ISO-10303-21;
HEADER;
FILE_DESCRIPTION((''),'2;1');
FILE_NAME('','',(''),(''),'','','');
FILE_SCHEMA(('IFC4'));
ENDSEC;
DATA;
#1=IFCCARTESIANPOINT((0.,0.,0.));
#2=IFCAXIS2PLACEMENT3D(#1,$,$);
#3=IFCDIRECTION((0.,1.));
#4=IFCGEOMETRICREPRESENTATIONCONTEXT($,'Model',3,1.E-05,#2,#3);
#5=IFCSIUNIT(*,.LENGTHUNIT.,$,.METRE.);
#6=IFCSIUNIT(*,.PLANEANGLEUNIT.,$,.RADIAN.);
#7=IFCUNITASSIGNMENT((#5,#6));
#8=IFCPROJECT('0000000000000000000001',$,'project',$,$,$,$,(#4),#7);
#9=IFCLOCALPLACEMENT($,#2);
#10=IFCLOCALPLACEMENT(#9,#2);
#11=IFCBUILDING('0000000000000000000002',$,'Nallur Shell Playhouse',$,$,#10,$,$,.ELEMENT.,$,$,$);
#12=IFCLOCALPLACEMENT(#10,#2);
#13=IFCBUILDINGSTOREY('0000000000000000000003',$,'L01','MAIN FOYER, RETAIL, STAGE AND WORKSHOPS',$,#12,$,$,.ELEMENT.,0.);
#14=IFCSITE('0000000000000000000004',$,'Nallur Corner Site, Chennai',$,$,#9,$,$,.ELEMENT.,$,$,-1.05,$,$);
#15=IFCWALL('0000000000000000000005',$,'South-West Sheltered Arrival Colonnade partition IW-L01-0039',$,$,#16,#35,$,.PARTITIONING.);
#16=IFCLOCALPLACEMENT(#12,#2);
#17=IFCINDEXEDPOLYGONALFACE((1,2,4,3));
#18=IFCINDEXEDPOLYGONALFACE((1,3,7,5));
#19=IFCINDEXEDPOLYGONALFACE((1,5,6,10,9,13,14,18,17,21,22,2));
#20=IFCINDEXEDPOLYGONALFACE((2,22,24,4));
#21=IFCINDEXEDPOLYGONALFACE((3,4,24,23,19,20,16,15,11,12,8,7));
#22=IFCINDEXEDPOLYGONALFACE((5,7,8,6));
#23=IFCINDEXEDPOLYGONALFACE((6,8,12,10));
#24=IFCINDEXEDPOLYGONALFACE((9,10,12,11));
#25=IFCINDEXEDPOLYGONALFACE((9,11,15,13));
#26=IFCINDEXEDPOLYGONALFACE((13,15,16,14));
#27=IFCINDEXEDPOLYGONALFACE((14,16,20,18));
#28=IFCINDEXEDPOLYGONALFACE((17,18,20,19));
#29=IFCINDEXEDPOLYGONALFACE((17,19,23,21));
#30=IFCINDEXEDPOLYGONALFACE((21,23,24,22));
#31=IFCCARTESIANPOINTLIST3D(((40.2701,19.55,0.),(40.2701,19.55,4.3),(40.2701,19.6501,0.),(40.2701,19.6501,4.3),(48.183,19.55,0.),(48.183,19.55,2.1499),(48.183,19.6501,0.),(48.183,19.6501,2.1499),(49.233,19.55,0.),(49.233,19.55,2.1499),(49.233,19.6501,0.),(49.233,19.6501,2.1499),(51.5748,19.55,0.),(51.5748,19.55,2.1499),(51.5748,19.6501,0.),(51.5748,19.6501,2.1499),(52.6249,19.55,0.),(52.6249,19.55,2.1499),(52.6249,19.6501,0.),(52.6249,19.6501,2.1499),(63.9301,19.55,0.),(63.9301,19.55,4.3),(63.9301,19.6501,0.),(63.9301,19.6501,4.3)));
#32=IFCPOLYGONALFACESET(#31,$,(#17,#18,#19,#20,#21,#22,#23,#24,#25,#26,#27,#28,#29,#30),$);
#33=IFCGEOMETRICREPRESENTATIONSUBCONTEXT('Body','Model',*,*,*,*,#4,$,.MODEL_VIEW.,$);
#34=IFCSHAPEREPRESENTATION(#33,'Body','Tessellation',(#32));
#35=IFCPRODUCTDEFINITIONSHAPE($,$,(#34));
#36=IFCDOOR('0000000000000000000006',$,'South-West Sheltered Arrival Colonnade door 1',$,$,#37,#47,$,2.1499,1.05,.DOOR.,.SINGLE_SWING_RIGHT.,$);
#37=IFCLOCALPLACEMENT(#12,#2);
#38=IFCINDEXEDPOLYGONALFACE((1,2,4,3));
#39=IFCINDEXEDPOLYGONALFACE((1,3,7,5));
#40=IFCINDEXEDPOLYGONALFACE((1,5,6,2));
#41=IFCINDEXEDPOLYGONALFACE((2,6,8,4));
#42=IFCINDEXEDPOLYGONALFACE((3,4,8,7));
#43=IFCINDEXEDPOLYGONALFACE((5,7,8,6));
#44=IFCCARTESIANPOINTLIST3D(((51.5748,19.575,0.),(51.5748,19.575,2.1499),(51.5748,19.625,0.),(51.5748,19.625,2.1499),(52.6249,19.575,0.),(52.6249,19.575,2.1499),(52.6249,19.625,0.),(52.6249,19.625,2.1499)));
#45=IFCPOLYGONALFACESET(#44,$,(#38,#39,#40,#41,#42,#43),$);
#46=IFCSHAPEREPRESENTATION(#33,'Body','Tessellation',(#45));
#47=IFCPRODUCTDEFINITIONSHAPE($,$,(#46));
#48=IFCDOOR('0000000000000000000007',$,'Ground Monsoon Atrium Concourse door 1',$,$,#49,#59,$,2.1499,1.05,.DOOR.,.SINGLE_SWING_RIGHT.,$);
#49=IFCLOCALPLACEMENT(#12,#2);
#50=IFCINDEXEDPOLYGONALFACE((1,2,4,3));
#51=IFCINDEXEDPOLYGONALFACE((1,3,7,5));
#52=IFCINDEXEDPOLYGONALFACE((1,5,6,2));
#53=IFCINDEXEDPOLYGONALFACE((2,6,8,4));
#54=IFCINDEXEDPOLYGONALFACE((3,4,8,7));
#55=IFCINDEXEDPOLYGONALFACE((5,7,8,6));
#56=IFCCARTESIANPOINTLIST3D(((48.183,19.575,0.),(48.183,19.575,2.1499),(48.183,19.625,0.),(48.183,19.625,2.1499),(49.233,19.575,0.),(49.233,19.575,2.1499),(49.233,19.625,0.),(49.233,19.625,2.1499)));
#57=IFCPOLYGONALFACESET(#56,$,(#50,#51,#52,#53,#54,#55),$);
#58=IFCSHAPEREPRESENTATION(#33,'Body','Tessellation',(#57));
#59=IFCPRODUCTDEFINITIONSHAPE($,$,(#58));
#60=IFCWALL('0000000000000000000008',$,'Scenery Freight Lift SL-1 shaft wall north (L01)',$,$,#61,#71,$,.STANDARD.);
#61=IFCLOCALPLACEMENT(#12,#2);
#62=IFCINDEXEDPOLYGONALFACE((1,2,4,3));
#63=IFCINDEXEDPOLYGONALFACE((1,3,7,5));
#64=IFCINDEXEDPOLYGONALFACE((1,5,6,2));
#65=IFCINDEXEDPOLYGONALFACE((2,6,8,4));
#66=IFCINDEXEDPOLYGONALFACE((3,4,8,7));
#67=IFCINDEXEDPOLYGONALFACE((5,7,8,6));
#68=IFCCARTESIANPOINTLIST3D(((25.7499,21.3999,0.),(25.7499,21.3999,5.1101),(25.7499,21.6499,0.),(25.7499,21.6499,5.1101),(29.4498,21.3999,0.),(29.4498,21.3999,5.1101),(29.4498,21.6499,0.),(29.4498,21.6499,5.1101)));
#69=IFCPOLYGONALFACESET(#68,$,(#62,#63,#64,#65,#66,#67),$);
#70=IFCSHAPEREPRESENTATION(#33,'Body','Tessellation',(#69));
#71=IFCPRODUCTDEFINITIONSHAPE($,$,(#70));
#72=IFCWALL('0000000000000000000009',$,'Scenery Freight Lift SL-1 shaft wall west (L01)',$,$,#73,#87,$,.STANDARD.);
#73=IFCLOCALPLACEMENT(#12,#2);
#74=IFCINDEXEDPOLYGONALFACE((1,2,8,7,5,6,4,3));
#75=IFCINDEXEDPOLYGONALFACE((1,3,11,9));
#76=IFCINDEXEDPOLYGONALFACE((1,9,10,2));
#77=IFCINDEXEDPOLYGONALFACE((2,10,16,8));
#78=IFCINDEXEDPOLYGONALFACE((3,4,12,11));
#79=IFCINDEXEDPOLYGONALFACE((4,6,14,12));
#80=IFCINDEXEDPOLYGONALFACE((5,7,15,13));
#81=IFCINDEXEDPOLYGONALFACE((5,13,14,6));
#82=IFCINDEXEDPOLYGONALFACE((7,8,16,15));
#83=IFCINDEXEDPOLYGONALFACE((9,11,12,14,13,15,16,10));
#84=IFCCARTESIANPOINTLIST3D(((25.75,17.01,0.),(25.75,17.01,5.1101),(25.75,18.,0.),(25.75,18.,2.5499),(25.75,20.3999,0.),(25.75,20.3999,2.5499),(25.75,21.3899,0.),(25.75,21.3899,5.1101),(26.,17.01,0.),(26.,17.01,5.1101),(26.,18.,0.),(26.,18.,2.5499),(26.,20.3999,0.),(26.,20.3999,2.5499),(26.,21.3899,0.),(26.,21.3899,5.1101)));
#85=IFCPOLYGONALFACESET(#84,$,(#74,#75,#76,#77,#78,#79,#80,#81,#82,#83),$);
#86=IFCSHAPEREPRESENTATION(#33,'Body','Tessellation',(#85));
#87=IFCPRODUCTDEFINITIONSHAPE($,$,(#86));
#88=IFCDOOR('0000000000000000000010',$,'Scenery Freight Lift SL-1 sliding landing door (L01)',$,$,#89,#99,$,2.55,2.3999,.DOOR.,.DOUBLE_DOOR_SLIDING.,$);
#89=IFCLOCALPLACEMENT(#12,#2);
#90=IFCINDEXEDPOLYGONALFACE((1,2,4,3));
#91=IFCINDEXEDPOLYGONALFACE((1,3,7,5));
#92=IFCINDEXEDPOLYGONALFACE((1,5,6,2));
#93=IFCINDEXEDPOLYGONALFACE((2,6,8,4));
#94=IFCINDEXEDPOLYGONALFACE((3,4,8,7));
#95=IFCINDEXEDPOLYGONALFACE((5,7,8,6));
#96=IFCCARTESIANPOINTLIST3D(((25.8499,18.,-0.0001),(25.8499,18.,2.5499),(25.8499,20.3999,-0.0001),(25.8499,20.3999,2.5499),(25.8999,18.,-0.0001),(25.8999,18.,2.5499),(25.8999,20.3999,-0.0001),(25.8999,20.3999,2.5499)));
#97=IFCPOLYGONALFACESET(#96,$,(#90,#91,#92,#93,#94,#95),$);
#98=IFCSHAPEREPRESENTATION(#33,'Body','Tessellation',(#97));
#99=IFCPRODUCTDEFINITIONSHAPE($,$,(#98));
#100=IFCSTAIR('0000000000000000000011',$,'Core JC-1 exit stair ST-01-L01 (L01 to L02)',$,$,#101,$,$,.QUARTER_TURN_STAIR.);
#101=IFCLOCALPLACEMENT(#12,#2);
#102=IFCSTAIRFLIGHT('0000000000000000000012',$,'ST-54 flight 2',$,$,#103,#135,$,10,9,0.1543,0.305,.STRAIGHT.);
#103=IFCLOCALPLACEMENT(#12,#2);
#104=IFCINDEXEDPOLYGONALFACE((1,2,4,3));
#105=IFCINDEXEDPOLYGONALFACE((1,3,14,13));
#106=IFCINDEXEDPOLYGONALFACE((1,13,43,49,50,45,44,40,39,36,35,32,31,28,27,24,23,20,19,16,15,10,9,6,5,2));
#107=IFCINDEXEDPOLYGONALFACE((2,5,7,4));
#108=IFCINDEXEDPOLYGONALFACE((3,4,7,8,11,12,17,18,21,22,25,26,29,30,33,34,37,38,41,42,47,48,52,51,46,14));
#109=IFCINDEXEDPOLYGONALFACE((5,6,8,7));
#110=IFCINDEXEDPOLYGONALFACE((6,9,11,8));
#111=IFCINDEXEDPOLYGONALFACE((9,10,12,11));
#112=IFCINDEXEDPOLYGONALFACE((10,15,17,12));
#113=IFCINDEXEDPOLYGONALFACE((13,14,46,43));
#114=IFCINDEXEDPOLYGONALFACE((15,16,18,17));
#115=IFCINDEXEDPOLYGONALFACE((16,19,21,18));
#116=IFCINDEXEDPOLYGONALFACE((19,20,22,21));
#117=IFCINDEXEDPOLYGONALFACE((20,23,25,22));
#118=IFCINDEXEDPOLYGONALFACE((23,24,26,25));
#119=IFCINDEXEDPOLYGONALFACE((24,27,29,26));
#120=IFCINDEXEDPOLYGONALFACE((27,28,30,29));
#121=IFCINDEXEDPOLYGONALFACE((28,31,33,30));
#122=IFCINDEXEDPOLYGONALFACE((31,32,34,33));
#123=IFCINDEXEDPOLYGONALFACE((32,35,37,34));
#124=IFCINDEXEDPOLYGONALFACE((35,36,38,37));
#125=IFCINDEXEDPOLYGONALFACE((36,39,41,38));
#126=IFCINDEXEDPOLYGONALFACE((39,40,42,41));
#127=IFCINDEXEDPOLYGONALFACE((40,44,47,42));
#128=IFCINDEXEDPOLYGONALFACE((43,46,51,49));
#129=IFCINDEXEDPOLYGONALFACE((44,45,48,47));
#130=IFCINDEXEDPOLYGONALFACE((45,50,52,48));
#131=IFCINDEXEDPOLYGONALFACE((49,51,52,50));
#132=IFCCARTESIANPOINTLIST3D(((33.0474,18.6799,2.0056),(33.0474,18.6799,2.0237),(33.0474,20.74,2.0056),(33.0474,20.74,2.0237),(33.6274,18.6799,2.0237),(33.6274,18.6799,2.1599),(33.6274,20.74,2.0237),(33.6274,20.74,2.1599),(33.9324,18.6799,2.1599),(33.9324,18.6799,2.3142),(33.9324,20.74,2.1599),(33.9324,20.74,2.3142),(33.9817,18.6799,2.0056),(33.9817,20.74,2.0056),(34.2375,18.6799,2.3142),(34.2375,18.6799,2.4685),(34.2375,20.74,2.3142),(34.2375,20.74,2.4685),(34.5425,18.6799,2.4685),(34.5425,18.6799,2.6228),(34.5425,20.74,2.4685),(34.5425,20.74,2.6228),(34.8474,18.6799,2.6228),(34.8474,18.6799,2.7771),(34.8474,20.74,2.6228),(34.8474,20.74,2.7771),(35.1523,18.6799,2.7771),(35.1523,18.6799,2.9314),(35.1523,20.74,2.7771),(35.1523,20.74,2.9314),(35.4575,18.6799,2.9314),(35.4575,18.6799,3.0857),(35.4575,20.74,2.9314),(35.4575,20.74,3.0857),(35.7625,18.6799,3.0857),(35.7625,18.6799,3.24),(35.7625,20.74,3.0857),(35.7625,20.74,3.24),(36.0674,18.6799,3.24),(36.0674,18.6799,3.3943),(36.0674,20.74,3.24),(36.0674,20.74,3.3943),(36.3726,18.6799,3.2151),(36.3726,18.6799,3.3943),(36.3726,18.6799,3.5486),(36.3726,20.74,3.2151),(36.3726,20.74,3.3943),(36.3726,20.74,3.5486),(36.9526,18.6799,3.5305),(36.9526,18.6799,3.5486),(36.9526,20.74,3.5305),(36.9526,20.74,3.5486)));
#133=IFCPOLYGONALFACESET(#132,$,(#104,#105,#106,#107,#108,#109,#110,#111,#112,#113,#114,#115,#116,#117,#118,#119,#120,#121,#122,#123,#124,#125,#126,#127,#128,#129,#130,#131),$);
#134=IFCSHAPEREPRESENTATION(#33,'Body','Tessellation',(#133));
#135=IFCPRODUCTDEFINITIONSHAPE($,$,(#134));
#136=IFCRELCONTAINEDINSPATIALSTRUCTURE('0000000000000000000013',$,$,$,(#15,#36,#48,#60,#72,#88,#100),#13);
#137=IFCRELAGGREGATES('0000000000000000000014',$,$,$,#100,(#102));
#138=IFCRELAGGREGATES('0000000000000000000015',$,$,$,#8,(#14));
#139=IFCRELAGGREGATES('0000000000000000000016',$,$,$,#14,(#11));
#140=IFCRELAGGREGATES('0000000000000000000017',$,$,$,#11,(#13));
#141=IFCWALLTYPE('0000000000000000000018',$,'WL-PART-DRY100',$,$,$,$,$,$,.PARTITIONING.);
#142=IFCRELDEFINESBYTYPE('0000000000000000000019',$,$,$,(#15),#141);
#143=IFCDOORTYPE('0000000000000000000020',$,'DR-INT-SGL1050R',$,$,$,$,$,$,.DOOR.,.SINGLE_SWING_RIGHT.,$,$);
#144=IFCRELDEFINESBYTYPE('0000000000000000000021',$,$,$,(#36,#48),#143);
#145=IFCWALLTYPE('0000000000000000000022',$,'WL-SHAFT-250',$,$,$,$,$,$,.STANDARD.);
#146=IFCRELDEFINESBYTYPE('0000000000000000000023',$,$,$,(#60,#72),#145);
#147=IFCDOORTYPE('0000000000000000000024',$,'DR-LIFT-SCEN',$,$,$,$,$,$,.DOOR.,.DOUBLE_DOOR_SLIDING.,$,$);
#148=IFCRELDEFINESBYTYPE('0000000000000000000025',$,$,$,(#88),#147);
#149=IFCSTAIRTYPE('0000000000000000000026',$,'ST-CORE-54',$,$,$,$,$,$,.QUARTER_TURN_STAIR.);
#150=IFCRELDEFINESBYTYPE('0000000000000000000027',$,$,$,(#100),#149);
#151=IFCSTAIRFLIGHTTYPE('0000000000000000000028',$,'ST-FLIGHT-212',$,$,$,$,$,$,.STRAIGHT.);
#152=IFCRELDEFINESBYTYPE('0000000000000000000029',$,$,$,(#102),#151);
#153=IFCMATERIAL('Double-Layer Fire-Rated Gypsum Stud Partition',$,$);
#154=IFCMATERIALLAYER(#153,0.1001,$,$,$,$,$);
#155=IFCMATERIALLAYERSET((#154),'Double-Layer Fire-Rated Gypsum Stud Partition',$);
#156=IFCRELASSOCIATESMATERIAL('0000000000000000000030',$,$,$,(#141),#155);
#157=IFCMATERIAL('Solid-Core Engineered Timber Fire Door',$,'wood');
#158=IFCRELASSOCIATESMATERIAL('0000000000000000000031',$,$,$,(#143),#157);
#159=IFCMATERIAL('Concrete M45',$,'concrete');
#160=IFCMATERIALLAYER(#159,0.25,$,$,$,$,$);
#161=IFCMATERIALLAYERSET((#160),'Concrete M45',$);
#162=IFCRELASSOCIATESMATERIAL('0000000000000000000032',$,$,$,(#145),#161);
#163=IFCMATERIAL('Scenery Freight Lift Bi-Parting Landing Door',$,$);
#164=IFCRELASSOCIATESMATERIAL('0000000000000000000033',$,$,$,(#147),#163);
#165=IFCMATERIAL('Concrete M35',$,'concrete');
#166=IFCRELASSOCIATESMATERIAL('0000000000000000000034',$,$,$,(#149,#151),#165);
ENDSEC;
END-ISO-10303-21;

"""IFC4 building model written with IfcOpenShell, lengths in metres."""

from ifc_helpers import new_model, si_unit, direction, frame, frame_2d, origin, place, context, subcontext, project, spatial, polyline, rectangle, outline, extrude, material, layer, layer_set, type_object, element, fill, aggregate, save


model = new_model("IFC4")

# Units and contexts
model_context = context("Model", 3, precision=1e-05, world=origin(), true_north=direction((0.0, 1.0)))
body_context = subcontext(model_context, "Body", "Model", "MODEL_VIEW")
ifc_project = project(units=[si_unit("LENGTHUNIT", "METRE"), si_unit("PLANEANGLEUNIT", "RADIAN")], contexts=[model_context])

# Site, building, storey
site_placement = place(None, origin())
site = spatial("IfcSite", under=ifc_project, at=site_placement, Name="Nallur Corner Site, Chennai", CompositionType="ELEMENT", RefElevation=-1.05)
building_placement = place(site_placement, origin())
building = spatial("IfcBuilding", under=site, at=building_placement, Name="Nallur Shell Playhouse", CompositionType="ELEMENT")
storey_placement = place(building_placement, origin())
storey = spatial("IfcBuildingStorey", under=building, at=storey_placement, Name="L01", Description="MAIN FOYER, RETAIL, STAGE AND WORKSHOPS", CompositionType="ELEMENT", Elevation=0.0)

# Shared definitions
ifc_material_1 = material(Name="Concrete M35", Category="concrete")

# Shared definitions
ifc_material_2 = material(Name="Concrete M45", Category="concrete")

# Wall, openings, doors
ifc_material_3 = material(Name="Double-Layer Fire-Rated Gypsum Stud Partition")
ifc_layer_1 = layer(ifc_material_3, 0.1001)
ifc_layer_set_1 = layer_set([ifc_layer_1], Name="Double-Layer Fire-Rated Gypsum Stud Partition")
wall_type_1 = type_object("IfcWallType", Name="WL-PART-DRY100", PredefinedType="PARTITIONING", material=ifc_layer_set_1)
wall_1_placement = place(storey_placement, frame((40.27, 19.6001, 0.0), z_axis=(0.0, 0.0, 1.0), x_axis=(1.0, 0.0, 0.0)))
wall_1 = element("IfcWall", 1, at=wall_1_placement, inside=storey, type_object=wall_type_1, Name="South-West Sheltered Arrival Colonnade partition IW-L01-0039", PredefinedType="PARTITIONING", context=body_context, shape_type="SweptSolid", body=[
    extrude(rectangle(XDim=23.6599, YDim=0.1001, at=frame_2d((11.8301, 0.0))), origin(), (0.0, 0.0, 1.0), 4.3),
])
opening_1_placement = place(wall_1_placement, frame((11.3049, 0.0, 0.0)))
opening_1 = element("IfcOpeningElement", 2, at=opening_1_placement, cuts=wall_1, PredefinedType="OPENING", context=body_context, shape_type="SweptSolid", body=[
    extrude(rectangle(XDim=1.05, YDim=2.1499, at=frame_2d((0.5249, 1.075))), frame((0.0, 0.0601, 0.0), z_axis=(0.0, -1.0, 0.0), x_axis=(1.0, 0.0, 0.0)), (0.0, 0.0, 1.0), 0.1201),
])
opening_2_placement = place(wall_1_placement, frame((7.9131, 0.0, 0.0)))
opening_2 = element("IfcOpeningElement", 3, at=opening_2_placement, cuts=wall_1, PredefinedType="OPENING", context=body_context, shape_type="SweptSolid", body=[
    extrude(rectangle(XDim=1.05, YDim=2.1499, at=frame_2d((0.5249, 1.075))), frame((0.0, 0.0601, 0.0), z_axis=(0.0, -1.0, 0.0), x_axis=(1.0, 0.0, 0.0)), (0.0, 0.0, 1.0), 0.1201),
])
ifc_material_4 = material(Name="Solid-Core Engineered Timber Fire Door", Category="wood")
door_type_1 = type_object("IfcDoorType", Name="DR-INT-SGL1050R", OperationType="SINGLE_SWING_RIGHT", PredefinedType="DOOR", material=ifc_material_4)
door_1_placement = place(opening_1_placement, origin())
door_1 = element("IfcDoor", 4, at=door_1_placement, inside=storey, type_object=door_type_1, Name="South-West Sheltered Arrival Colonnade door 1", OperationType="SINGLE_SWING_RIGHT", OverallHeight=2.1499, OverallWidth=1.05, PredefinedType="DOOR", context=body_context, shape_type="SweptSolid", body=[
    extrude(rectangle(XDim=1.05, YDim=2.1499, at=frame_2d((0.5249, 1.075))), frame((0.0, 0.0249, 0.0), z_axis=(0.0, -1.0, 0.0), x_axis=(1.0, 0.0, 0.0)), (0.0, 0.0, 1.0), 0.05),
])
fill(opening_1, door_1)
door_2_placement = place(opening_2_placement, origin())
door_2 = element("IfcDoor", 5, at=door_2_placement, inside=storey, type_object=door_type_1, Name="Ground Monsoon Atrium Concourse door 1", OperationType="SINGLE_SWING_RIGHT", OverallHeight=2.1499, OverallWidth=1.05, PredefinedType="DOOR", context=body_context, shape_type="SweptSolid", body=[
    extrude(rectangle(XDim=1.05, YDim=2.1499, at=frame_2d((0.5249, 1.075))), frame((0.0, 0.0249, 0.0), z_axis=(0.0, -1.0, 0.0), x_axis=(1.0, 0.0, 0.0)), (0.0, 0.0, 1.0), 0.05),
])
fill(opening_2, door_2)

# Wall
ifc_layer_2 = layer(ifc_material_2, 0.25)
ifc_layer_set_2 = layer_set([ifc_layer_2], Name="Concrete M45")
wall_type_2 = type_object("IfcWallType", Name="WL-SHAFT-250", PredefinedType="STANDARD", material=ifc_layer_set_2)
wall_2_placement = place(storey_placement, frame((29.45, 21.5249, 0.0), z_axis=(0.0, 0.0, 1.0), x_axis=(-1.0, 0.0, 0.0)))
element("IfcWall", 6, at=wall_2_placement, inside=storey, type_object=wall_type_2, Name="Scenery Freight Lift SL-1 shaft wall north (L01)", PredefinedType="STANDARD", context=body_context, shape_type="SweptSolid", body=[
    extrude(rectangle(XDim=3.7, YDim=0.25, at=frame_2d((1.8501, 0.0))), origin(), (0.0, 0.0, 1.0), 5.1101),
])

# Wall, opening, door
wall_3_placement = place(storey_placement, frame((25.875, 21.3899, 0.0), z_axis=(0.0, 0.0, 1.0), x_axis=(0.0, -1.0, 0.0)))
wall_3 = element("IfcWall", 7, at=wall_3_placement, inside=storey, type_object=wall_type_2, Name="Scenery Freight Lift SL-1 shaft wall west (L01)", PredefinedType="STANDARD", context=body_context, shape_type="SweptSolid", body=[
    extrude(rectangle(XDim=4.3799, YDim=0.25, at=frame_2d((2.1899, 0.0))), origin(), (0.0, 0.0, 1.0), 5.1101),
])
opening_3_placement = place(wall_3_placement, frame((0.99, 0.0, 0.0)))
opening_3 = element("IfcOpeningElement", 8, at=opening_3_placement, cuts=wall_3, PredefinedType="OPENING", context=body_context, shape_type="SweptSolid", body=[
    extrude(rectangle(XDim=2.3999, YDim=2.55, at=frame_2d((1.2, 1.2749))), frame((0.0, 0.135, 0.0), z_axis=(0.0, -1.0, 0.0), x_axis=(1.0, 0.0, 0.0)), (0.0, 0.0, 1.0), 0.27),
])
ifc_material_5 = material(Name="Scenery Freight Lift Bi-Parting Landing Door")
door_type_2 = type_object("IfcDoorType", Name="DR-LIFT-SCEN", OperationType="DOUBLE_DOOR_SLIDING", PredefinedType="DOOR", material=ifc_material_5)
door_3_placement = place(opening_3_placement, origin())
door_3 = element("IfcDoor", 9, at=door_3_placement, inside=storey, type_object=door_type_2, Name="Scenery Freight Lift SL-1 sliding landing door (L01)", OperationType="DOUBLE_DOOR_SLIDING", OverallHeight=2.55, OverallWidth=2.3999, PredefinedType="DOOR", context=body_context, shape_type="SweptSolid", body=[
    extrude(rectangle(XDim=2.3999, YDim=2.55, at=frame_2d((1.2, 1.2749))), frame((0.0, 0.0249, 0.0), z_axis=(0.0, -1.0, 0.0), x_axis=(1.0, 0.0, 0.0)), (0.0, 0.0, 1.0), 0.05),
])
fill(opening_3, door_3)

# Stair, stair flight
stair_type = type_object("IfcStairType", Name="ST-CORE-54", PredefinedType="QUARTER_TURN_STAIR", material=ifc_material_1)
stair_placement = place(storey_placement, origin())
stair = element("IfcStair", 10, at=stair_placement, inside=storey, type_object=stair_type, Name="Core JC-1 exit stair ST-01-L01 (L01 to L02)", PredefinedType="QUARTER_TURN_STAIR")
stair_flight_type = type_object("IfcStairFlightType", Name="ST-FLIGHT-212", PredefinedType="STRAIGHT", material=ifc_material_1)
stair_flight_1_placement = place(storey_placement, frame((33.6274, 19.71, 2.0056), z_axis=(0.0, 0.0, 1.0), x_axis=(1.0, 0.0, 0.0)))
stair_flight_1 = element("IfcStairFlight", 11, at=stair_flight_1_placement, type_object=stair_flight_type, Name="ST-54 flight 2", NumberOfRisers=10, NumberOfTreads=9, PredefinedType="STRAIGHT", RiserHeight=0.1543, TreadLength=0.305, context=body_context, shape_type="SweptSolid", body=[
    extrude(outline(polyline([(-0.5801, 0.0), (-0.5801, 0.0181), (0.0, 0.0181), (0.0, 0.1543), (0.3049, 0.1543), (0.3049, 0.3086), (0.6101, 0.3086), (0.6101, 0.4629), (0.915, 0.4629), (0.915, 0.6172), (1.22, 0.6172), (1.22, 0.7715), (1.5249, 0.7715), (1.5249, 0.9258), (1.8301, 0.9258), (1.8301, 1.0801), (2.135, 1.0801), (2.135, 1.2344), (2.4399, 1.2344), (2.4399, 1.3887), (2.7451, 1.3887), (2.7451, 1.543), (3.3252, 1.543), (3.3252, 1.5249), (2.7451, 1.2095), (0.3542, 0.0), (-0.5801, 0.0)])), frame((0.0, 1.03, 0.0), z_axis=(0.0, -1.0, 0.0), x_axis=(1.0, 0.0, 0.0)), (0.0, 0.0, 1.0), 2.0601),
])
aggregate(stair, [stair_flight_1])

save(model, "model.ifc")
